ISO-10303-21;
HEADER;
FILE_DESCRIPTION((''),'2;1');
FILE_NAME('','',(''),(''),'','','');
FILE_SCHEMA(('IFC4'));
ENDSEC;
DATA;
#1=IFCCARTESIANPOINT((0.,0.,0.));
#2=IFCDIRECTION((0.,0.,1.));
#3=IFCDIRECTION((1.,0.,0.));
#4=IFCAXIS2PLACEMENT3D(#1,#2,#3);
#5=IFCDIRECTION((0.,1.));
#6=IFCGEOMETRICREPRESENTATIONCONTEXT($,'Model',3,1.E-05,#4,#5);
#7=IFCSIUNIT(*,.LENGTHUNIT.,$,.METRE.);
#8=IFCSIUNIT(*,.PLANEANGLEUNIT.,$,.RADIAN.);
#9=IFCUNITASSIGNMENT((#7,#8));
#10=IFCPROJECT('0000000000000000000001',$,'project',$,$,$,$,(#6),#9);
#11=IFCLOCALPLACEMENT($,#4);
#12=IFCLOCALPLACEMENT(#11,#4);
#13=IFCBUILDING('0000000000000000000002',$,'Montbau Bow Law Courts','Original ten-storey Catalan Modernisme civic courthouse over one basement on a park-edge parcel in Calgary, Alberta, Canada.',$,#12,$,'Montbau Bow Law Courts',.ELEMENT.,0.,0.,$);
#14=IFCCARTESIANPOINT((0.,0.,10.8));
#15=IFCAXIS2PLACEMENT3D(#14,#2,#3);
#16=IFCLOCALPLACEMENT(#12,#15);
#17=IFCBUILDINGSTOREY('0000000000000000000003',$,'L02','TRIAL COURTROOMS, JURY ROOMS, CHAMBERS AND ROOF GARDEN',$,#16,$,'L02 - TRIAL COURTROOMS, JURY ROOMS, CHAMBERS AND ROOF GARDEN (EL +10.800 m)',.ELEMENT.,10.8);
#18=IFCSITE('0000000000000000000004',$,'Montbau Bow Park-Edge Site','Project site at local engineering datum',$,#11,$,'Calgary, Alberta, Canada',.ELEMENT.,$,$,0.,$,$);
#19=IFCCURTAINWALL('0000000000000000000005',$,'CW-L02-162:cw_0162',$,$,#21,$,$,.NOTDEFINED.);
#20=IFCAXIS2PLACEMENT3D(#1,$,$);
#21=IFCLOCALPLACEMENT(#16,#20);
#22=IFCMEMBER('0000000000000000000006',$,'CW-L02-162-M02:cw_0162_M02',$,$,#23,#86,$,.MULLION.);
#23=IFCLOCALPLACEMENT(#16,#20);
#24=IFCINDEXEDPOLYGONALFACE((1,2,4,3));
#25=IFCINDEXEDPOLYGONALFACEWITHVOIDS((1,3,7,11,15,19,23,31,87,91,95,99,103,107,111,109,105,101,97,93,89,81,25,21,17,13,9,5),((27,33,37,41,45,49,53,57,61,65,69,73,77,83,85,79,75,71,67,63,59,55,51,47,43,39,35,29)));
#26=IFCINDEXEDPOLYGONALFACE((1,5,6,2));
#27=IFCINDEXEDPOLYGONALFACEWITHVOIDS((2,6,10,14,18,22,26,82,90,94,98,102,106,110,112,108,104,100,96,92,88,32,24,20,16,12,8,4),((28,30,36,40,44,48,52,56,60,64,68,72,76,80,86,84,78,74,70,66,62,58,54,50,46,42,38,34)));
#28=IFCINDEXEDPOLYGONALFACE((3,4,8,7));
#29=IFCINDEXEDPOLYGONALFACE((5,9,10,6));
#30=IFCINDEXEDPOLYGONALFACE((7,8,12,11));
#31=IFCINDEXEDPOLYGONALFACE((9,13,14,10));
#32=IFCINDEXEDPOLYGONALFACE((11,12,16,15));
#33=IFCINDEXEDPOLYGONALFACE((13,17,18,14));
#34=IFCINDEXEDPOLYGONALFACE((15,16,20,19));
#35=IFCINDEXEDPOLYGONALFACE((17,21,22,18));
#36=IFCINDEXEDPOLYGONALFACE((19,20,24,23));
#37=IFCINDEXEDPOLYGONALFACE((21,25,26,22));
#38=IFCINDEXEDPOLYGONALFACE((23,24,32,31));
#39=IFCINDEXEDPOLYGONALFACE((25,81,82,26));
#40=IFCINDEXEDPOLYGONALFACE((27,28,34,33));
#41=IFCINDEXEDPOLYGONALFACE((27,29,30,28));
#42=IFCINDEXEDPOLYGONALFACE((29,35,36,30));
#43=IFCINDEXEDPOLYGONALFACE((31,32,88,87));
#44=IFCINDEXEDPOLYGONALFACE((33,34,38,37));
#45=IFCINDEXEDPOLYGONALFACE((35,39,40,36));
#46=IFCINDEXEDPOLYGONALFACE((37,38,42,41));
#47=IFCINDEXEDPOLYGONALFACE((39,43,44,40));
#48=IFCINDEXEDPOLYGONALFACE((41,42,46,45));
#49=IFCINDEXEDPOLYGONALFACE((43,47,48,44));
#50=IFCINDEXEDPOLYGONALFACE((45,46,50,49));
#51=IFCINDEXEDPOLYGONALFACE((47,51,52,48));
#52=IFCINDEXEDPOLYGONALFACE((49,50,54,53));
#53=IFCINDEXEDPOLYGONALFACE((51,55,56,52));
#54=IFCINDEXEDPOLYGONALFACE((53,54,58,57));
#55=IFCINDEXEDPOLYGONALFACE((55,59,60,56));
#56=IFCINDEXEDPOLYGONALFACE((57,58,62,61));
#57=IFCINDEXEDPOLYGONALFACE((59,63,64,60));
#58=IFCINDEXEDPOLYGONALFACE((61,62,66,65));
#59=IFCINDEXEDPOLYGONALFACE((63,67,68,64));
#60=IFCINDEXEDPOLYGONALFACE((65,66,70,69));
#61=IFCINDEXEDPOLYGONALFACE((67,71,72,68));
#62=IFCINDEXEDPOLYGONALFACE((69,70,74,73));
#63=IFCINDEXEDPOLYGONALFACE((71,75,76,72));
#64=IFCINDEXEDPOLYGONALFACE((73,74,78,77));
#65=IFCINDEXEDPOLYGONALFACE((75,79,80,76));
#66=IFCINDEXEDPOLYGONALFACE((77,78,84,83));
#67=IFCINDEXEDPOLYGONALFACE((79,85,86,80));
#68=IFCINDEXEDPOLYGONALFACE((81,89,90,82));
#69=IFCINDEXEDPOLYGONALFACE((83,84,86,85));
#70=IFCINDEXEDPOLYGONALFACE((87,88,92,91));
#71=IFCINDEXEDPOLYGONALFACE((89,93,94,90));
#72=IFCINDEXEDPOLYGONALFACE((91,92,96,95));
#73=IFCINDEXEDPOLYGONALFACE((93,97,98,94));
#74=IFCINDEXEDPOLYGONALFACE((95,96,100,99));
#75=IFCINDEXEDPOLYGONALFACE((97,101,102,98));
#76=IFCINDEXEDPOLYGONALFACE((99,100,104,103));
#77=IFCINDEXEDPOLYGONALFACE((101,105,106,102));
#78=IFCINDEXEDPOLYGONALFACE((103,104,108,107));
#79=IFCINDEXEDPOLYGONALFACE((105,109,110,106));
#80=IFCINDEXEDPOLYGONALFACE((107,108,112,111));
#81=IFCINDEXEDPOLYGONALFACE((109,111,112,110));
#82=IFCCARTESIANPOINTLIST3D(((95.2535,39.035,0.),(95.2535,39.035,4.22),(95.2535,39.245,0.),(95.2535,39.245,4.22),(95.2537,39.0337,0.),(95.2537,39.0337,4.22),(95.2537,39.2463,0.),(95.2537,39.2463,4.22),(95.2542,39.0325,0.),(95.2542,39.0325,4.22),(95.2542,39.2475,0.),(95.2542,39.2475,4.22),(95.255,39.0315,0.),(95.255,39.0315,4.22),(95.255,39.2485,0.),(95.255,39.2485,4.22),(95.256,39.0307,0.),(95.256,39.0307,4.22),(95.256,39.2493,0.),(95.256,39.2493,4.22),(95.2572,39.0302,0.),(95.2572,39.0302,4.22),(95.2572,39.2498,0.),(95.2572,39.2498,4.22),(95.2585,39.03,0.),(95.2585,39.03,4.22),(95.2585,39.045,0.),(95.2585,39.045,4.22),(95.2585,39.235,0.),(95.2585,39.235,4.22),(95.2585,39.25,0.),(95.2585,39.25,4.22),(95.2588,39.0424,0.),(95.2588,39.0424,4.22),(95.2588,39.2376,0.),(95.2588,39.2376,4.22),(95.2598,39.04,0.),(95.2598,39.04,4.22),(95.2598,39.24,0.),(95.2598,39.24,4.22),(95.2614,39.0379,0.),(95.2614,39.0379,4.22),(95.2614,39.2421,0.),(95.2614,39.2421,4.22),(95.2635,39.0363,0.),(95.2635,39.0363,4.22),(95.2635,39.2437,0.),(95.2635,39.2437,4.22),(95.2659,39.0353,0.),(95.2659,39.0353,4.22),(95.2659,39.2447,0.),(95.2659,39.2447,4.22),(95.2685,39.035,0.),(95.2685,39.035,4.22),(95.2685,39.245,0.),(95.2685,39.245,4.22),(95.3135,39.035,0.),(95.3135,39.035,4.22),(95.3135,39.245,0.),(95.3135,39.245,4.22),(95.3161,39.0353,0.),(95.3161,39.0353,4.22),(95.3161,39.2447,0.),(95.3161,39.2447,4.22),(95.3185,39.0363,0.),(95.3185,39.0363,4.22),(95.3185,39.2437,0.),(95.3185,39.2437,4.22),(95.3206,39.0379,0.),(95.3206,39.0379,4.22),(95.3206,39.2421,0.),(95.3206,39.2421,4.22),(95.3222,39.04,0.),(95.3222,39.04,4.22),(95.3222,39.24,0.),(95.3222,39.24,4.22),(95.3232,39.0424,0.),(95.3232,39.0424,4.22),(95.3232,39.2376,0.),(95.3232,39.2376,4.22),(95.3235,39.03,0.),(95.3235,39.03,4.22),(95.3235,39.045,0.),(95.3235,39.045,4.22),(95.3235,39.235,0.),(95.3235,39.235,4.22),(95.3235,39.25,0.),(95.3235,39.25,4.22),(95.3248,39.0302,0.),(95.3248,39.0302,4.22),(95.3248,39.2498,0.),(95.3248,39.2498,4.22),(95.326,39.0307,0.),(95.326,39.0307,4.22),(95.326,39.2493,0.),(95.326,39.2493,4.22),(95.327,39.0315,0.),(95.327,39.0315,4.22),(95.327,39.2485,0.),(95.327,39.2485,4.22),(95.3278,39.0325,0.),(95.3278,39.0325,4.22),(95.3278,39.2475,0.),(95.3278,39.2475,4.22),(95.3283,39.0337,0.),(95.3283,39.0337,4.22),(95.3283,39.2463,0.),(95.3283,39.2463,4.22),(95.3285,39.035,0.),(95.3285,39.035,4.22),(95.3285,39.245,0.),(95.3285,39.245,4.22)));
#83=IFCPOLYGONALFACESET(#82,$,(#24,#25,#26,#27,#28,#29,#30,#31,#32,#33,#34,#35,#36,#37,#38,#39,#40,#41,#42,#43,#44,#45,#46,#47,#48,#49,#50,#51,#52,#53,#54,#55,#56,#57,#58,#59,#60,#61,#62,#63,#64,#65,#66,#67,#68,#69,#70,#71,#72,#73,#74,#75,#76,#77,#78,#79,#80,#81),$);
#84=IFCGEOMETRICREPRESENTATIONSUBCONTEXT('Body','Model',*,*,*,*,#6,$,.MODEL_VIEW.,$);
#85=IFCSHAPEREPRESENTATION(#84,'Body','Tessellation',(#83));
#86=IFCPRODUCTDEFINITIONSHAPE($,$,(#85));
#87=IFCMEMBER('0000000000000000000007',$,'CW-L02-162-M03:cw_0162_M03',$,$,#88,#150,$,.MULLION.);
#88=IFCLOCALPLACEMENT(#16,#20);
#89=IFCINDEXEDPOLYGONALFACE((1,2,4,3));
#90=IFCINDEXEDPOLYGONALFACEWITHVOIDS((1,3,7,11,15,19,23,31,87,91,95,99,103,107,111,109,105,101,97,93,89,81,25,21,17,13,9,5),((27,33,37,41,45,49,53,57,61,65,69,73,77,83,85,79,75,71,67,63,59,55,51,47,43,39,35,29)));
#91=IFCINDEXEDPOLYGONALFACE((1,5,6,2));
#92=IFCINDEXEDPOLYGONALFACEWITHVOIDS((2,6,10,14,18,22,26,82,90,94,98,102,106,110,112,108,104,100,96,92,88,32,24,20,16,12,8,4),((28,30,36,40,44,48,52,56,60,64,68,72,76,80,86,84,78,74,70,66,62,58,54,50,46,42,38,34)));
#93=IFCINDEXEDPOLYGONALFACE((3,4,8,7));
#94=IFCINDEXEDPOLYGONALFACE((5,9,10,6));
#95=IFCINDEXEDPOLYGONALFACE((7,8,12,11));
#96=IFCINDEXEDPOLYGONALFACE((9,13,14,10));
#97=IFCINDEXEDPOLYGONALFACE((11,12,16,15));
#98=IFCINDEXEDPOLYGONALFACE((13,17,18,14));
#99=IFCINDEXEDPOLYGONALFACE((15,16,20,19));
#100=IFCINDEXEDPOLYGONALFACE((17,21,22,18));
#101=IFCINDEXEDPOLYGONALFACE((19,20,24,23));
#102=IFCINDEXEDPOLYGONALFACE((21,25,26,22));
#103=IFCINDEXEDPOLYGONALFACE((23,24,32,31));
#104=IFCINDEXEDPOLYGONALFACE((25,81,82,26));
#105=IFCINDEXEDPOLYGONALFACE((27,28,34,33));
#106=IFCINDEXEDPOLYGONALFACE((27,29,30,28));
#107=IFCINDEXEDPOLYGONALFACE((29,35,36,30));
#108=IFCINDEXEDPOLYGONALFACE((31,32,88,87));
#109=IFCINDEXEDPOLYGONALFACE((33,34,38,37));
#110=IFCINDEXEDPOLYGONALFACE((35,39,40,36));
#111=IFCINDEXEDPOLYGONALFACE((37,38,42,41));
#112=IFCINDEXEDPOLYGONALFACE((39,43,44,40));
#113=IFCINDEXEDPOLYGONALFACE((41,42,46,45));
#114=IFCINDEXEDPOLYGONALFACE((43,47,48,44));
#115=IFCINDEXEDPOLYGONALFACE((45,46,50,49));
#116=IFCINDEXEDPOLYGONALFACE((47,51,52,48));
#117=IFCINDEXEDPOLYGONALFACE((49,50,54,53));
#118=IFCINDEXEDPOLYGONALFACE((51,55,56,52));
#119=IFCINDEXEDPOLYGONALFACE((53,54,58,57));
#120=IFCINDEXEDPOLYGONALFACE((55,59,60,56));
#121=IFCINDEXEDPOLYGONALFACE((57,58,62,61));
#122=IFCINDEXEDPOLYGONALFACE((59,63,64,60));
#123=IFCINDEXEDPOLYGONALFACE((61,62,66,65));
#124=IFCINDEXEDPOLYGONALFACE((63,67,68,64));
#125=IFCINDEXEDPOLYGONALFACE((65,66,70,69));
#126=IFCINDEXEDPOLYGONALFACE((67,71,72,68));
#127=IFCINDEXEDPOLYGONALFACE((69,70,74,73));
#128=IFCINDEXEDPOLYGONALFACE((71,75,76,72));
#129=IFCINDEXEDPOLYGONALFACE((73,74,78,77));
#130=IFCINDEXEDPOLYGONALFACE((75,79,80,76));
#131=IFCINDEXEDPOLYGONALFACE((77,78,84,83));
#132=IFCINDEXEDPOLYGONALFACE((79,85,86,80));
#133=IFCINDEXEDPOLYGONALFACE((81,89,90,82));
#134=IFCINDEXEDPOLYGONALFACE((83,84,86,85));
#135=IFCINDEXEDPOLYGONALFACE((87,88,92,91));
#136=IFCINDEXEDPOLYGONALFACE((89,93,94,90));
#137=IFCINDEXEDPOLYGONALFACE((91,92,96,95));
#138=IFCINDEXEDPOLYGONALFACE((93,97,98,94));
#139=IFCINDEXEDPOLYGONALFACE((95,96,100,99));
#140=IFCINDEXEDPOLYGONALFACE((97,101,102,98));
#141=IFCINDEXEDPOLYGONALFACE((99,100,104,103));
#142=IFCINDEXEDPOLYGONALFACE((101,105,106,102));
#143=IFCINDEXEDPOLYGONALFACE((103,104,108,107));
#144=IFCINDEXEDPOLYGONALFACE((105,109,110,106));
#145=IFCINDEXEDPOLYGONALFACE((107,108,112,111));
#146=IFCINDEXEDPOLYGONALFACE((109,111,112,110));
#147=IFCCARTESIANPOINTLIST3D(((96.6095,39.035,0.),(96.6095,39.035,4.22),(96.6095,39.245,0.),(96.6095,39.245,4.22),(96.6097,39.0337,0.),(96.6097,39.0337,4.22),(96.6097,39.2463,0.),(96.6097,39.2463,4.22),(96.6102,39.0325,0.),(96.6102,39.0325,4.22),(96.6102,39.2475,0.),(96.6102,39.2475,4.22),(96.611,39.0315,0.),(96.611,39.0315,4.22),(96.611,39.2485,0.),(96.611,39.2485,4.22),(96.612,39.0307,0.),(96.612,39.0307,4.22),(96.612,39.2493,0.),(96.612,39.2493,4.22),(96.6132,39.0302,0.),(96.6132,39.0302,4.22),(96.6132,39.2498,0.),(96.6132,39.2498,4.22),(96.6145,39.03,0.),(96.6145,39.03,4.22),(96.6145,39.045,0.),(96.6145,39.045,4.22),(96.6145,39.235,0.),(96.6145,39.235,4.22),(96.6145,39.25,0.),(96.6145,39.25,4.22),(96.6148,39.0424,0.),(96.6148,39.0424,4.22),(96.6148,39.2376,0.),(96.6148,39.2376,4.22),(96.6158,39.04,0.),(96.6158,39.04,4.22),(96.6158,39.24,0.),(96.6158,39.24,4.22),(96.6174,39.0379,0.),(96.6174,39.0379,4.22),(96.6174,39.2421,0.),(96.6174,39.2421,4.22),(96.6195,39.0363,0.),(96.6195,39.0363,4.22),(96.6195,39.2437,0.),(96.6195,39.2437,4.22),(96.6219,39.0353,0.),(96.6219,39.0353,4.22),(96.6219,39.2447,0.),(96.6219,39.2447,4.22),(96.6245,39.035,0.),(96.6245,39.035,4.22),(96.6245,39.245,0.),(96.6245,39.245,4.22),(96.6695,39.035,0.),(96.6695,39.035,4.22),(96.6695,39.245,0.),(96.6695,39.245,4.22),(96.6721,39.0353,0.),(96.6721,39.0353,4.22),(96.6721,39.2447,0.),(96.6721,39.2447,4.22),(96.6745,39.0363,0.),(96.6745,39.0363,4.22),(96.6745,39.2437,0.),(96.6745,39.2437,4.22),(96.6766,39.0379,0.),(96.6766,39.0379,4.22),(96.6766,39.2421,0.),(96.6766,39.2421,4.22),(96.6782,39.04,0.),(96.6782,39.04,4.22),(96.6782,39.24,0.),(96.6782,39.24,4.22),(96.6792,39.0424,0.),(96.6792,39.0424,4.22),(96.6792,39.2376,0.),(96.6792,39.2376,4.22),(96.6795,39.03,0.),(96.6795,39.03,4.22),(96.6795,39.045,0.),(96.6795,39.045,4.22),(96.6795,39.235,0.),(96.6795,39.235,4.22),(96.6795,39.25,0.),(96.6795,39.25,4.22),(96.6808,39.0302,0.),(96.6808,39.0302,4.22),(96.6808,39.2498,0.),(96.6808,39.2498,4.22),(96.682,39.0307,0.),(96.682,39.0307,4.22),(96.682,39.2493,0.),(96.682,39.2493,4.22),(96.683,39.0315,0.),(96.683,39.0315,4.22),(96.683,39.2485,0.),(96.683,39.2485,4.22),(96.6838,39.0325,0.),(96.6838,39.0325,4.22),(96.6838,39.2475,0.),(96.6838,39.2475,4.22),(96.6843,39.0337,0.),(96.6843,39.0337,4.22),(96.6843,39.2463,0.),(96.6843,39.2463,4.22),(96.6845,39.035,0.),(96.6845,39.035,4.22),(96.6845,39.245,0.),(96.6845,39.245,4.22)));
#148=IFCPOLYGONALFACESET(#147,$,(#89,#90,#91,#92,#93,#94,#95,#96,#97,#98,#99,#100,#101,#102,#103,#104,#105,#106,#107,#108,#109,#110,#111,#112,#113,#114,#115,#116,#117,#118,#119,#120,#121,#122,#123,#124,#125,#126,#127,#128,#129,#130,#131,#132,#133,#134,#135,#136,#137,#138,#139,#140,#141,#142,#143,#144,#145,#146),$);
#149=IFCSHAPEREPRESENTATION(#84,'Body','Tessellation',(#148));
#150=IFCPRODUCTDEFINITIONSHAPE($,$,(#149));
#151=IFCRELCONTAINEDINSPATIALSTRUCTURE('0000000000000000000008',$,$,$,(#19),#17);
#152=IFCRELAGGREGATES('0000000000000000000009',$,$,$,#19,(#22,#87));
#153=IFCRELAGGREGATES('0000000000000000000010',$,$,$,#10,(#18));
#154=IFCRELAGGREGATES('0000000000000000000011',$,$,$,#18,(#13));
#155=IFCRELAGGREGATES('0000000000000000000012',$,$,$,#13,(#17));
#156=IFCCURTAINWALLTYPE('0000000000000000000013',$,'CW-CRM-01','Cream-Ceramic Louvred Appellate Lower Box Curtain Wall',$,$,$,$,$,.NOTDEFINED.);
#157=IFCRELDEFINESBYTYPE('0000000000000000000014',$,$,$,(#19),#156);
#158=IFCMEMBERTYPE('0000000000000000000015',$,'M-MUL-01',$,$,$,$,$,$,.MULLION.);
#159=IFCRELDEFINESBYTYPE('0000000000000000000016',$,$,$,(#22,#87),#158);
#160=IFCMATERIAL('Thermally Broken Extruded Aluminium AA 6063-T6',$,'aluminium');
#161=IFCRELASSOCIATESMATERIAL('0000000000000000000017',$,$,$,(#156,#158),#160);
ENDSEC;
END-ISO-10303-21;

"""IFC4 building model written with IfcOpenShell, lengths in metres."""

from ifc_helpers import new_model, si_unit, direction, frame, origin_with_axes, origin_2d_with_axis, place, context, subcontext, project, spatial, hollow_rectangle, extrude, material, material_profile, profile_set, type_object, element, aggregate, save


model = new_model("IFC4")

# Units and contexts
model_context = context("Model", 3, precision=1e-05, world=origin_with_axes(), true_north=direction((0.0, 1.0)))
body_context = subcontext(model_context, "Body", "Model", "MODEL_VIEW")
ifc_project = project(units=[si_unit("LENGTHUNIT", "METRE"), si_unit("PLANEANGLEUNIT", "RADIAN")], contexts=[model_context])

# Site, building, storey
site_placement = place(None, origin_with_axes())
site = spatial("IfcSite", under=ifc_project, at=site_placement, Name="Montbau Bow Park-Edge Site", Description="Project site at local engineering datum", LongName="Calgary, Alberta, Canada", CompositionType="ELEMENT", RefElevation=0.0)
building_placement = place(site_placement, origin_with_axes())
building = spatial("IfcBuilding", under=site, at=building_placement, Name="Montbau Bow Law Courts", Description="Original ten-storey Catalan Modernisme civic courthouse over one basement on a park-edge parcel in Calgary, Alberta, Canada.", LongName="Montbau Bow Law Courts", CompositionType="ELEMENT", ElevationOfRefHeight=0.0, ElevationOfTerrain=0.0)
storey_placement = place(building_placement, frame((0.0, 0.0, 10.8), z_axis=(0.0, 0.0, 1.0), x_axis=(1.0, 0.0, 0.0)))
storey = spatial("IfcBuildingStorey", under=building, at=storey_placement, Name="L02", Description="TRIAL COURTROOMS, JURY ROOMS, CHAMBERS AND ROOF GARDEN", LongName="L02 - TRIAL COURTROOMS, JURY ROOMS, CHAMBERS AND ROOF GARDEN (EL +10.800 m)", CompositionType="ELEMENT", Elevation=10.8)

# Curtain wall, members
ifc_material_1 = material(Name="Thermally Broken Extruded Aluminium AA 6063-T6", Category="aluminium")
curtain_wall_type = type_object("IfcCurtainWallType", Name="CW-CRM-01", Description="Cream-Ceramic Louvred Appellate Lower Box Curtain Wall", PredefinedType="NOTDEFINED", material=ifc_material_1)
curtain_wall_1_placement = place(None, frame((93.897, 39.14, 10.8), z_axis=(0.0, 0.0, 1.0), x_axis=(1.0, 0.0, 0.0)))
curtain_wall_1 = element("IfcCurtainWall", 1, at=curtain_wall_1_placement, inside=storey, type_object=curtain_wall_type, Name="CW-L02-162:cw_0162", PredefinedType="NOTDEFINED")
ifc_material_profile_1 = material_profile(ifc_material_1, hollow_rectangle(XDim=0.075, YDim=0.22, WallThickness=0.005, InnerFilletRadius=0.01, OuterFilletRadius=0.005, at=origin_2d_with_axis()), Name="CWM-220X75", Category="Main", Priority=0)
ifc_profile_set_1 = profile_set([ifc_material_profile_1], Name="Thermally Broken Extruded Aluminium AA 6063-T6")
member_type_1 = type_object("IfcMemberType", Name="M-MUL-01", PredefinedType="MULLION", material=ifc_profile_set_1)
member_1_placement = place(None, frame((95.291, 39.14, 10.8), z_axis=(0.0, 0.0, 1.0), x_axis=(1.0, 0.0, 0.0)))
member_1 = element("IfcMember", 2, at=member_1_placement, type_object=member_type_1, Name="CW-L02-162-M02:cw_0162_M02", PredefinedType="MULLION", context=body_context, shape_type="SweptSolid", body=[
    extrude(hollow_rectangle(XDim=0.075, YDim=0.22, WallThickness=0.005, InnerFilletRadius=0.01, OuterFilletRadius=0.005, at=origin_2d_with_axis()), origin_with_axes(), (0.0, 0.0, 1.0), 4.22),
])
member_2_placement = place(None, frame((96.647, 39.14, 10.8), z_axis=(0.0, 0.0, 1.0), x_axis=(1.0, 0.0, 0.0)))
member_2 = element("IfcMember", 3, at=member_2_placement, type_object=member_type_1, Name="CW-L02-162-M03:cw_0162_M03", PredefinedType="MULLION", context=body_context, shape_type="SweptSolid", body=[
    extrude(hollow_rectangle(XDim=0.075, YDim=0.22, WallThickness=0.005, InnerFilletRadius=0.01, OuterFilletRadius=0.005, at=origin_2d_with_axis()), origin_with_axes(), (0.0, 0.0, 1.0), 4.22),
])

aggregate(curtain_wall_1, [member_1, member_2])

save(model, "model.ifc")
